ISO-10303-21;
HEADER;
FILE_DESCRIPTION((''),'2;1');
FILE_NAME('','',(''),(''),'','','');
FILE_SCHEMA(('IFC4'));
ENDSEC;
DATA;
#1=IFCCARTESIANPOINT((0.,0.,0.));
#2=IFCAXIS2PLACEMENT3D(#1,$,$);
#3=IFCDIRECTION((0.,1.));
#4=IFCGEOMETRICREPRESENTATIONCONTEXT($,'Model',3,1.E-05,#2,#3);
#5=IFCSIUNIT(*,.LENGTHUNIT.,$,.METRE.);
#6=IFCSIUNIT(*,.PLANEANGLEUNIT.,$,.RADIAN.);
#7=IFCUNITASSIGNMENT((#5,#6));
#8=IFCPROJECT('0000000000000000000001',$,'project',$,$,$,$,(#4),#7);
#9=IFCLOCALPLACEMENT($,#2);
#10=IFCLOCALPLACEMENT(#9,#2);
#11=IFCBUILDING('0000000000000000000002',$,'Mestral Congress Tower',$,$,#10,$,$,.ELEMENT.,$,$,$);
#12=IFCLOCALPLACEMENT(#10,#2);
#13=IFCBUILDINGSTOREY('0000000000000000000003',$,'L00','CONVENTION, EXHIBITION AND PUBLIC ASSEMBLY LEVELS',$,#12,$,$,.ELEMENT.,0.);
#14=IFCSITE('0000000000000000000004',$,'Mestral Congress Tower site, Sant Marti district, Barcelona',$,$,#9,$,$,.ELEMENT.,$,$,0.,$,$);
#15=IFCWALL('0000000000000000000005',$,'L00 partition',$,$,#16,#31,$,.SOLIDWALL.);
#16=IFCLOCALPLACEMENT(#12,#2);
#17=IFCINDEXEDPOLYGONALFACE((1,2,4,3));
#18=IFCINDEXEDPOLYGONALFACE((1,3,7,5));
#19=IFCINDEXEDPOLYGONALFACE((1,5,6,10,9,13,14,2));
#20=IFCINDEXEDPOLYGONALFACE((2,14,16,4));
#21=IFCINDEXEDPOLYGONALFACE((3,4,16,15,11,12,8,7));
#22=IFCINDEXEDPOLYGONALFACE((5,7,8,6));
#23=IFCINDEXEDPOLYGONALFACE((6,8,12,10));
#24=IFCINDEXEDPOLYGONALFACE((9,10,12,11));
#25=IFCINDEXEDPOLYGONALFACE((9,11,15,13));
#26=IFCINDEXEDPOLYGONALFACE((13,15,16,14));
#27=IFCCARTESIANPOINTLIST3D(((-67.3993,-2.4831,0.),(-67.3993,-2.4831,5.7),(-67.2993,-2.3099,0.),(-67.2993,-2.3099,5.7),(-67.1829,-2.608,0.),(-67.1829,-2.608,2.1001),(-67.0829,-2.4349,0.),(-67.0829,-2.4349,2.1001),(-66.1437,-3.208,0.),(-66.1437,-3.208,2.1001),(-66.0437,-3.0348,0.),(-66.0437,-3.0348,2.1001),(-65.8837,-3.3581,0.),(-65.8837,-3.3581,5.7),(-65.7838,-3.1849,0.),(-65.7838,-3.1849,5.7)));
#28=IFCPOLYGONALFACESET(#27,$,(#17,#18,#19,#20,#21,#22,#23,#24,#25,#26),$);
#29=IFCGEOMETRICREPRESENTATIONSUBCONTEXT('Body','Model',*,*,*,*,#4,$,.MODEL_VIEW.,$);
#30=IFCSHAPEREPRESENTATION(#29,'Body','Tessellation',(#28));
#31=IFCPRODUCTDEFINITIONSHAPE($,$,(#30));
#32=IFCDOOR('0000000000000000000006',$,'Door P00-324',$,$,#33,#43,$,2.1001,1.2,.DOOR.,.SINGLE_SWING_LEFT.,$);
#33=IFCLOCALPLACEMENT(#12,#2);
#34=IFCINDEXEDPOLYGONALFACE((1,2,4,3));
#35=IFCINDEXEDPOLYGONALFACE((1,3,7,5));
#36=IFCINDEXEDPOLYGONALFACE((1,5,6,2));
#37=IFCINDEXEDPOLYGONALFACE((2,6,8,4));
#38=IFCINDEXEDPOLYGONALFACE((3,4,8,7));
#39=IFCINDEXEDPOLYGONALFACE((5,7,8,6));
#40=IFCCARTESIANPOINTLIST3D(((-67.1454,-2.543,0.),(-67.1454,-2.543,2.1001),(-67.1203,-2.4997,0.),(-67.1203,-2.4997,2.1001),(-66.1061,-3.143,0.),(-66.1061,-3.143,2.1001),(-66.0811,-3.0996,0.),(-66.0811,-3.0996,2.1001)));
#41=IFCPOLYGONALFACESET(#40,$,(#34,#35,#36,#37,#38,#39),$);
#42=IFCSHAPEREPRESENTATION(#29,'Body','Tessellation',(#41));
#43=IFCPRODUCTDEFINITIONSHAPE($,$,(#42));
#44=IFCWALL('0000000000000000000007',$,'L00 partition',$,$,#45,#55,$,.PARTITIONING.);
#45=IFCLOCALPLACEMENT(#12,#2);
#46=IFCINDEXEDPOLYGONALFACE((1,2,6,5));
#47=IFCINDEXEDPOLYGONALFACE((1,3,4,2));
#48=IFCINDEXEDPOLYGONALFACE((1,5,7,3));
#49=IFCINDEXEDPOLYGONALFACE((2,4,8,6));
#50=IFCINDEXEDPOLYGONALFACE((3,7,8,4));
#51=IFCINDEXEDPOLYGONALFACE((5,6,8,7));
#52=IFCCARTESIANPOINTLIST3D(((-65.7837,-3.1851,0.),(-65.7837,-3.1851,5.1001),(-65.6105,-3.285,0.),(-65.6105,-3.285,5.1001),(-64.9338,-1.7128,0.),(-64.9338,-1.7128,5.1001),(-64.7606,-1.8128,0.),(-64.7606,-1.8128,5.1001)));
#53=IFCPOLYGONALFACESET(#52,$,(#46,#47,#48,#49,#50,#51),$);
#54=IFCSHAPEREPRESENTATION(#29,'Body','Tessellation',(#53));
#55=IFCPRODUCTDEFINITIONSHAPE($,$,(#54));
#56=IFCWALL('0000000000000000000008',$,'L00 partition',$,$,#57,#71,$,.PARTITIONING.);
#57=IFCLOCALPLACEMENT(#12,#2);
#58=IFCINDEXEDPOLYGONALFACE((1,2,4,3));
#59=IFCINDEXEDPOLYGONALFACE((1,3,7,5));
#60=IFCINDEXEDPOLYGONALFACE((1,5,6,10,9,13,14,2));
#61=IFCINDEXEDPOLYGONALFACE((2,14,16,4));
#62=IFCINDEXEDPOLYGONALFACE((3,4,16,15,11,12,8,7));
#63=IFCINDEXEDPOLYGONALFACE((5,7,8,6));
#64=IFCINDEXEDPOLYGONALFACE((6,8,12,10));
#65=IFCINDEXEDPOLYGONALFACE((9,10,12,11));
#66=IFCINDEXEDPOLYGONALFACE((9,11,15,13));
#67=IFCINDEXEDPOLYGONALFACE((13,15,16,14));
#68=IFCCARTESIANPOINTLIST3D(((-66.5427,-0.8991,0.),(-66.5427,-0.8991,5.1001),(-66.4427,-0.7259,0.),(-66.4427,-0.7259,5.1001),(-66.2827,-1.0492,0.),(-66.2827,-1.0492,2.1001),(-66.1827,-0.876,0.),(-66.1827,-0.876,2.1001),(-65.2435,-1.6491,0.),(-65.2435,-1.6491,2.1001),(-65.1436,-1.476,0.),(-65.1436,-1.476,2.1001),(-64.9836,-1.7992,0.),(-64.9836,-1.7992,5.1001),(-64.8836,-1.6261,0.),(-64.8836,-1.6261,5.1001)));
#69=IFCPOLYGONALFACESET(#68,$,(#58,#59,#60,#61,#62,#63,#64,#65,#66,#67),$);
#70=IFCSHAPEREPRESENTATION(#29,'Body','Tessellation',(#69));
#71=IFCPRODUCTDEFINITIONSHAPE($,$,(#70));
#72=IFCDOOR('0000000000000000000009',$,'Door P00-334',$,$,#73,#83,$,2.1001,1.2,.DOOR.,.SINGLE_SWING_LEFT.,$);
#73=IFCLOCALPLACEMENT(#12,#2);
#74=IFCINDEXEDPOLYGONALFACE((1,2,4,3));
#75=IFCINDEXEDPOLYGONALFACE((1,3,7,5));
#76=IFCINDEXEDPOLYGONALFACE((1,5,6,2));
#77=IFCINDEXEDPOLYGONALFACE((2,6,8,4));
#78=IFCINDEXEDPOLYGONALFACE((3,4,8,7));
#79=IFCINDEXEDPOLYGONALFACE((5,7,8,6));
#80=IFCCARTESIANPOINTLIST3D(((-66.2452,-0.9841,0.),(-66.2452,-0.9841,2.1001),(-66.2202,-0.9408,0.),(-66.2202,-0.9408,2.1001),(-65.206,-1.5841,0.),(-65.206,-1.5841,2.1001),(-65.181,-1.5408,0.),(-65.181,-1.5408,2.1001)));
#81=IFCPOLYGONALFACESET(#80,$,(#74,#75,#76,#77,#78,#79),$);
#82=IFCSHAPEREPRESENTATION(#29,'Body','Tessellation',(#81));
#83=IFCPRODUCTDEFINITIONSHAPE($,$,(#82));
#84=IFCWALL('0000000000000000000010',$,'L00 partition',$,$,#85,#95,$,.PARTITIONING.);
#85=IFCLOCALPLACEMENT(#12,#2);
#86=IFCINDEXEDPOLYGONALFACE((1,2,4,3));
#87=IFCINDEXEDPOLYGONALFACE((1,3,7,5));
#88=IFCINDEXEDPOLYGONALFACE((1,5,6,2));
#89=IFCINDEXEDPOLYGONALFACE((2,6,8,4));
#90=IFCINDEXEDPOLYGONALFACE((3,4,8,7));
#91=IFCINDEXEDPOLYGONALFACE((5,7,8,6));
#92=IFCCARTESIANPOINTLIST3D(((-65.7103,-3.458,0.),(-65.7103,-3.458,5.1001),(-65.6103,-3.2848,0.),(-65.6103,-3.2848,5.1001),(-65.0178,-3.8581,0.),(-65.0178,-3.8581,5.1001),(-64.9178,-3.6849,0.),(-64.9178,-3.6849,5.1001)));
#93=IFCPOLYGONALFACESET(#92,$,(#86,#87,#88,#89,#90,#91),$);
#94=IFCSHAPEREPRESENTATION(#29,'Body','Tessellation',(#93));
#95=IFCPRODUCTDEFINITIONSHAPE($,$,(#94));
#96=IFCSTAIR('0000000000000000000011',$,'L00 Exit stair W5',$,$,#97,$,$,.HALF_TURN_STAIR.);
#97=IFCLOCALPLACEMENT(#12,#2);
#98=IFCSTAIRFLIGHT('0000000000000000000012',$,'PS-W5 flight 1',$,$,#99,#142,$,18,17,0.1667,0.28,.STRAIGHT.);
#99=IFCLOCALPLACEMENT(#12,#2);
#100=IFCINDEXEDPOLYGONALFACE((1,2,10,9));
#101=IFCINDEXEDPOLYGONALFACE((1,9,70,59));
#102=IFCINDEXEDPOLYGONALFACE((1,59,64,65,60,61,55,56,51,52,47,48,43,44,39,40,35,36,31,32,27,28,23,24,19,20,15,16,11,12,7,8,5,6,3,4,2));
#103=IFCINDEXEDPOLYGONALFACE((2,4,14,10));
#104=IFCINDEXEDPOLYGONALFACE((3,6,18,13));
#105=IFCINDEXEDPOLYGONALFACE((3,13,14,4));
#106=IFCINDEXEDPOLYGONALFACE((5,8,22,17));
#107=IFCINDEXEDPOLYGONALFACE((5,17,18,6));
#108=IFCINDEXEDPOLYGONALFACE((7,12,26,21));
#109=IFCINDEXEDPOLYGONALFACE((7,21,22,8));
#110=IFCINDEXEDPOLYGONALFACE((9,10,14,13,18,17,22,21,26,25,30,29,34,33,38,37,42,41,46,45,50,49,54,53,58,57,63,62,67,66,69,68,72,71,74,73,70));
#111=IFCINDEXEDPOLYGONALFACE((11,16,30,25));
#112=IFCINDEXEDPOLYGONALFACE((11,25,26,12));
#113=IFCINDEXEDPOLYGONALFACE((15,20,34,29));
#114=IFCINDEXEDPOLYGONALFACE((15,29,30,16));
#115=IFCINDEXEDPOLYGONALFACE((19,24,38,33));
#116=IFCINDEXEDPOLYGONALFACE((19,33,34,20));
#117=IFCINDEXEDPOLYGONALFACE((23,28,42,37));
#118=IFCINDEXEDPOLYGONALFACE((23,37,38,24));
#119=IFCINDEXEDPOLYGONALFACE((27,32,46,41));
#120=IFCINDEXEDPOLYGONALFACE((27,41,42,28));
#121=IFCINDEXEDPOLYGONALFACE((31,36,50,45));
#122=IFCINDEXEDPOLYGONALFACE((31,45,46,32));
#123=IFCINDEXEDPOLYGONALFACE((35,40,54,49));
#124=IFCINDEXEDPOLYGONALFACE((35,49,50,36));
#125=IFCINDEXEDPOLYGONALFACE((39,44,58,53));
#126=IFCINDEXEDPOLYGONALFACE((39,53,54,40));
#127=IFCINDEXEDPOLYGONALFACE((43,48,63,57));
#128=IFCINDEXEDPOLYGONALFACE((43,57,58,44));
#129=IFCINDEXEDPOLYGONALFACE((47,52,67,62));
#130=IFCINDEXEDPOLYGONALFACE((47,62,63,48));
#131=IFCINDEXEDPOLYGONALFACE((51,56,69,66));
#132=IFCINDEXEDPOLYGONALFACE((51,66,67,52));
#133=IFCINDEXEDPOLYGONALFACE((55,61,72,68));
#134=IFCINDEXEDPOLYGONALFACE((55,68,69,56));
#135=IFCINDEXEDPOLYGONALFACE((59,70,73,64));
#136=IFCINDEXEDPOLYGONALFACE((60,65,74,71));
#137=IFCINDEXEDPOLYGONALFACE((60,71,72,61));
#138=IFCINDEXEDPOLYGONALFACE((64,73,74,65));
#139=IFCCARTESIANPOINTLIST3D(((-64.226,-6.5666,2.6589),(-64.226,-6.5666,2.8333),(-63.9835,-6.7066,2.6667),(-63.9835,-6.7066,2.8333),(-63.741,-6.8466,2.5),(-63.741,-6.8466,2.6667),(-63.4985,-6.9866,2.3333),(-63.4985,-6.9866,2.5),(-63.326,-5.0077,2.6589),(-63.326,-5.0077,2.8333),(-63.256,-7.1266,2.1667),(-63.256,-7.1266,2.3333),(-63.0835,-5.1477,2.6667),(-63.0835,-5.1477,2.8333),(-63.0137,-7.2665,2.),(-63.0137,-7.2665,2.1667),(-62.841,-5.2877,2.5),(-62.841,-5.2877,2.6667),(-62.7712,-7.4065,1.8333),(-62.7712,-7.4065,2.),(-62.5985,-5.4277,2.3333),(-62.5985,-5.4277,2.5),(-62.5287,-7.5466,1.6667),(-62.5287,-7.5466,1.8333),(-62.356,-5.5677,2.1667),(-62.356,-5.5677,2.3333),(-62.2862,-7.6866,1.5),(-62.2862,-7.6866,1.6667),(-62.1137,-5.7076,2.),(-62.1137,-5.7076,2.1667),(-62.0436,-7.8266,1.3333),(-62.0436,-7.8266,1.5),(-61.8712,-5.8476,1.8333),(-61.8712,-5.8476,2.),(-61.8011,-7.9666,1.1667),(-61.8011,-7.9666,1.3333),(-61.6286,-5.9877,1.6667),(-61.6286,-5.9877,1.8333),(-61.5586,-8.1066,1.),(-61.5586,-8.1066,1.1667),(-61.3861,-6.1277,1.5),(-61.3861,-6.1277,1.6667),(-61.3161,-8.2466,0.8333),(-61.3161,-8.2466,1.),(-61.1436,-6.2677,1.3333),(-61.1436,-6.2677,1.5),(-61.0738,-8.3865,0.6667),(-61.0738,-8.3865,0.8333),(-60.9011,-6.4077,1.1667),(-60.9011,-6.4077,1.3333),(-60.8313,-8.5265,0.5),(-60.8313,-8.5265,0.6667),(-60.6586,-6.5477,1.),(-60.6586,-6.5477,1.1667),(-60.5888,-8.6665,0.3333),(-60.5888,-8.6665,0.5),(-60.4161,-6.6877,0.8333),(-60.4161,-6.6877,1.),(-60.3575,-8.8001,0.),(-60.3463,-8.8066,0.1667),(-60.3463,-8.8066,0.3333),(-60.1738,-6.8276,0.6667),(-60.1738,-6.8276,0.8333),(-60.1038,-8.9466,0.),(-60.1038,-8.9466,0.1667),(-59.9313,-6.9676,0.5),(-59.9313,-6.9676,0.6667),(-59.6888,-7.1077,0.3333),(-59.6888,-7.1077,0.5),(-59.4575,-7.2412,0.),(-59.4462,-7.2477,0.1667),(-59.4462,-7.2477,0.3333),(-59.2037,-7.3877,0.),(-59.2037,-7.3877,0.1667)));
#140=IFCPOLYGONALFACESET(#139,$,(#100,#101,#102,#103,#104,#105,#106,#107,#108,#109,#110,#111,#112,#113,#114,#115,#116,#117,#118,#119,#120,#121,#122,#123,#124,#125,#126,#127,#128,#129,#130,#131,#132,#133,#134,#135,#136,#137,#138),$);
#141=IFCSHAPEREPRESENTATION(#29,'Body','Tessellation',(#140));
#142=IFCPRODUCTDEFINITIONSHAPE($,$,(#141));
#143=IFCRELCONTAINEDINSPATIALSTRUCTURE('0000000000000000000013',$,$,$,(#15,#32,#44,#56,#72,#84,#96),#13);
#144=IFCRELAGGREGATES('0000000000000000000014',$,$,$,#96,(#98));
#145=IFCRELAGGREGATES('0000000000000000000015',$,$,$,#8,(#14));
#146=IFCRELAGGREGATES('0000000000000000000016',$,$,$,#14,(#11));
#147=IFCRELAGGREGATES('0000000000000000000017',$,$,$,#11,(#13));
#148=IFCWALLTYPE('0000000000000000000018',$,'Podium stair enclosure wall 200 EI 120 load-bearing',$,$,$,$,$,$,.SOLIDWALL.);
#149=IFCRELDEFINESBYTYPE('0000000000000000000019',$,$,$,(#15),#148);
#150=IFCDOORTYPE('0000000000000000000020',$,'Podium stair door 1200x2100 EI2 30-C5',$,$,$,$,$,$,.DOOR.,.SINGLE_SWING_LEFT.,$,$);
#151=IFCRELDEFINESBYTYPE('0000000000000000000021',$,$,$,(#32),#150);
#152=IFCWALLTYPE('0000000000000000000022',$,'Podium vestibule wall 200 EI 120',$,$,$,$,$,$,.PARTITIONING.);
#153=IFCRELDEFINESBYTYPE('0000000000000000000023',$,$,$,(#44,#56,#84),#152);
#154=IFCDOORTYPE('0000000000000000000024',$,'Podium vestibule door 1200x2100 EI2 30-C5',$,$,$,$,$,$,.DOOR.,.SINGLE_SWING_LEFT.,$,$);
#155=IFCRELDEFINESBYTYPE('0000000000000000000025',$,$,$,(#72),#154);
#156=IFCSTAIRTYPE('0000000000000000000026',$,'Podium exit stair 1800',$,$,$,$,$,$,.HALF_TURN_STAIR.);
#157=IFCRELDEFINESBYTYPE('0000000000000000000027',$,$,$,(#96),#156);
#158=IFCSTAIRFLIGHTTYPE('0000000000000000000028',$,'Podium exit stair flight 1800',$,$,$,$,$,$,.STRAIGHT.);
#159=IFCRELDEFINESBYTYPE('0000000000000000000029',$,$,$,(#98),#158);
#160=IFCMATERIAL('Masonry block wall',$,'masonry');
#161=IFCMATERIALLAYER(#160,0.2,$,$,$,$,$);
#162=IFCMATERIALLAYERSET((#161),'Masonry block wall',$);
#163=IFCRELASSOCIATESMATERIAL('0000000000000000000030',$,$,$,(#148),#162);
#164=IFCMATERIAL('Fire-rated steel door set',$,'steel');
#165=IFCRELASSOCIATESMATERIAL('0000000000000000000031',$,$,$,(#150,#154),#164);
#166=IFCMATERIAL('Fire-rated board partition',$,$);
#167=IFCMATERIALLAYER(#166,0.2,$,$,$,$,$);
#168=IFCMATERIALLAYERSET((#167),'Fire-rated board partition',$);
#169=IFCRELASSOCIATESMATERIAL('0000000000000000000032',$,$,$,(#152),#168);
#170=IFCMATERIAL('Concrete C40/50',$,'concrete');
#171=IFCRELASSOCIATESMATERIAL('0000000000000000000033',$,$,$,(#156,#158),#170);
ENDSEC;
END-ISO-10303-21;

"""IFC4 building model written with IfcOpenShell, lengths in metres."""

from ifc_helpers import new_model, si_unit, direction, frame, frame_2d, origin, place, context, subcontext, project, spatial, polyline, rectangle, outline, extrude, material, layer, layer_set, type_object, element, fill, aggregate, save


model = new_model("IFC4")

# Units and contexts
model_context = context("Model", 3, precision=1e-05, world=origin(), true_north=direction((0.0, 1.0)))
body_context = subcontext(model_context, "Body", "Model", "MODEL_VIEW")
ifc_project = project(units=[si_unit("LENGTHUNIT", "METRE"), si_unit("PLANEANGLEUNIT", "RADIAN")], contexts=[model_context])

# Site, building, storey
site_placement = place(None, origin())
site = spatial("IfcSite", under=ifc_project, at=site_placement, Name="Mestral Congress Tower site, Sant Marti district, Barcelona", CompositionType="ELEMENT", RefElevation=0.0)
building_placement = place(site_placement, origin())
building = spatial("IfcBuilding", under=site, at=building_placement, Name="Mestral Congress Tower", CompositionType="ELEMENT")
storey_placement = place(building_placement, origin())
storey = spatial("IfcBuildingStorey", under=building, at=storey_placement, Name="L00", Description="CONVENTION, EXHIBITION AND PUBLIC ASSEMBLY LEVELS", CompositionType="ELEMENT", Elevation=0.0)

# Shared definitions
ifc_material_1 = material(Name="Masonry block wall", Category="masonry")
ifc_layer_1 = layer(ifc_material_1, 0.2)
ifc_layer_set_1 = layer_set([ifc_layer_1], Name="Masonry block wall")
wall_type_1 = type_object("IfcWallType", Name="Podium stair enclosure wall 200 EI 120 load-bearing", PredefinedType="SOLIDWALL", material=ifc_layer_set_1)

# Wall, opening, door
wall_1_placement = place(storey_placement, frame((-65.8337, -3.2715, 0.0), z_axis=(0.0, 0.0, 1.0), x_axis=(-0.866037, 0.49998, 0.0)))
wall_1 = element("IfcWall", 1, at=wall_1_placement, inside=storey, type_object=wall_type_1, Name="L00 partition", PredefinedType="SOLIDWALL", context=body_context, shape_type="SweptSolid", body=[
    extrude(rectangle(XDim=1.75, YDim=0.2, at=frame_2d((0.875, 0.0))), origin(), (0.0, 0.0, 1.0), 5.7),
])
opening_1_placement = place(wall_1_placement, frame((0.3, 0.0, 0.0)))
opening_1 = element("IfcOpeningElement", 2, at=opening_1_placement, cuts=wall_1, PredefinedType="OPENING", context=body_context, shape_type="SweptSolid", body=[
    extrude(rectangle(XDim=1.2, YDim=2.1001, at=frame_2d((0.6001, 1.05))), frame((0.0, 0.1099, 0.0), z_axis=(0.0, -1.0, 0.0), x_axis=(1.0, 0.0, 0.0)), (0.0, 0.0, 1.0), 0.22),
])
ifc_material_2 = material(Name="Fire-rated steel door set", Category="steel")
door_type_1 = type_object("IfcDoorType", Name="Podium stair door 1200x2100 EI2 30-C5", OperationType="SINGLE_SWING_LEFT", PredefinedType="DOOR", material=ifc_material_2)
door_1_placement = place(opening_1_placement, origin())
door_1 = element("IfcDoor", 3, at=door_1_placement, inside=storey, type_object=door_type_1, Name="Door P00-324", OperationType="SINGLE_SWING_LEFT", OverallHeight=2.1001, OverallWidth=1.2, PredefinedType="DOOR", context=body_context, shape_type="SweptSolid", body=[
    extrude(rectangle(XDim=1.2, YDim=2.1001, at=frame_2d((0.6001, 1.05))), frame((0.0, 0.0249, 0.0), z_axis=(0.0, -1.0, 0.0), x_axis=(1.0, 0.0, 0.0)), (0.0, 0.0, 1.0), 0.05),
])
fill(opening_1, door_1)

# Wall
ifc_material_3 = material(Name="Fire-rated board partition")
ifc_layer_2 = layer(ifc_material_3, 0.2)
ifc_layer_set_2 = layer_set([ifc_layer_2], Name="Fire-rated board partition")
wall_type_2 = type_object("IfcWallType", Name="Podium vestibule wall 200 EI 120", PredefinedType="PARTITIONING", material=ifc_layer_set_2)
wall_2_placement = place(storey_placement, frame((-64.8472, -1.7627, 0.0), z_axis=(0.0, 0.0, 1.0), x_axis=(-0.499955, -0.866052, 0.0)))
element("IfcWall", 4, at=wall_2_placement, inside=storey, type_object=wall_type_2, Name="L00 partition", PredefinedType="PARTITIONING", context=body_context, shape_type="SweptSolid", body=[
    extrude(rectangle(XDim=1.7, YDim=0.2, at=frame_2d((0.8501, 0.0))), origin(), (0.0, 0.0, 1.0), 5.1001),
])

# Wall, opening, door
wall_3_placement = place(storey_placement, frame((-64.9336, -1.7126, 0.0), z_axis=(0.0, 0.0, 1.0), x_axis=(-0.866023, 0.500004, 0.0)))
wall_3 = element("IfcWall", 5, at=wall_3_placement, inside=storey, type_object=wall_type_2, Name="L00 partition", PredefinedType="PARTITIONING", context=body_context, shape_type="SweptSolid", body=[
    extrude(rectangle(XDim=1.8003, YDim=0.2, at=frame_2d((0.9001, 0.0))), origin(), (0.0, 0.0, 1.0), 5.1001),
])
opening_2_placement = place(wall_3_placement, frame((0.3, 0.0, 0.0)))
opening_2 = element("IfcOpeningElement", 6, at=opening_2_placement, cuts=wall_3, PredefinedType="OPENING", context=body_context, shape_type="SweptSolid", body=[
    extrude(rectangle(XDim=1.2, YDim=2.1001, at=frame_2d((0.6001, 1.05))), frame((0.0, 0.1099, 0.0), z_axis=(0.0, -1.0, 0.0), x_axis=(1.0, 0.0, 0.0)), (0.0, 0.0, 1.0), 0.22),
])
door_type_2 = type_object("IfcDoorType", Name="Podium vestibule door 1200x2100 EI2 30-C5", OperationType="SINGLE_SWING_LEFT", PredefinedType="DOOR", material=ifc_material_2)
door_2_placement = place(opening_2_placement, origin())
door_2 = element("IfcDoor", 7, at=door_2_placement, inside=storey, type_object=door_type_2, Name="Door P00-334", OperationType="SINGLE_SWING_LEFT", OverallHeight=2.1001, OverallWidth=1.2, PredefinedType="DOOR", context=body_context, shape_type="SweptSolid", body=[
    extrude(rectangle(XDim=1.2, YDim=2.1001, at=frame_2d((0.6001, 1.05))), frame((0.0, 0.0249, 0.0), z_axis=(0.0, -1.0, 0.0), x_axis=(1.0, 0.0, 0.0)), (0.0, 0.0, 1.0), 0.05),
])
fill(opening_2, door_2)

# Wall
wall_4_placement = place(storey_placement, frame((-64.9678, -3.7715, 0.0), z_axis=(0.0, 0.0, 1.0), x_axis=(-0.865886, 0.500242, 0.0)))
element("IfcWall", 8, at=wall_4_placement, inside=storey, type_object=wall_type_2, Name="L00 partition", PredefinedType="PARTITIONING", context=body_context, shape_type="SweptSolid", body=[
    extrude(rectangle(XDim=0.7998, YDim=0.2, at=frame_2d((0.3999, 0.0))), origin(), (0.0, 0.0, 1.0), 5.1001),
])

# Stair, stair flight
ifc_material_4 = material(Name="Concrete C40/50", Category="concrete")
stair_type = type_object("IfcStairType", Name="Podium exit stair 1800", PredefinedType="HALF_TURN_STAIR", material=ifc_material_4)
stair_placement = place(storey_placement, origin())
stair = element("IfcStair", 9, at=stair_placement, inside=storey, type_object=stair_type, Name="L00 Exit stair W5", PredefinedType="HALF_TURN_STAIR")
stair_flight_type = type_object("IfcStairFlightType", Name="Podium exit stair flight 1800", PredefinedType="STRAIGHT", material=ifc_material_4)
stair_flight_1_placement = place(storey_placement, frame((-59.6538, -8.1672, 0.0), z_axis=(0.0, 0.0, 1.0), x_axis=(-0.866025, 0.5, 0.0)))
stair_flight_1 = element("IfcStairFlight", 10, at=stair_flight_1_placement, type_object=stair_flight_type, Name="PS-W5 flight 1", NumberOfRisers=18, NumberOfTreads=17, PredefinedType="STRAIGHT", RiserHeight=0.1667, TreadLength=0.28, context=body_context, shape_type="SweptSolid", body=[
    extrude(outline(polyline([(0.0, 0.0), (0.0, 0.1667), (0.28, 0.1667), (0.28, 0.3333), (0.5601, 0.3333), (0.5601, 0.5), (0.8401, 0.5), (0.8401, 0.6667), (1.1201, 0.6667), (1.1201, 0.8333), (1.3999, 0.8333), (1.3999, 1.0), (1.6799, 1.0), (1.6799, 1.1667), (1.96, 1.1667), (1.96, 1.3333), (2.24, 1.3333), (2.24, 1.5), (2.52, 1.5), (2.52, 1.6667), (2.8, 1.6667), (2.8, 1.8333), (3.0801, 1.8333), (3.0801, 2.0), (3.3601, 2.0), (3.3601, 2.1667), (3.6399, 2.1667), (3.6399, 2.3333), (3.9199, 2.3333), (3.9199, 2.5), (4.2, 2.5), (4.2, 2.6667), (4.48, 2.6667), (4.48, 2.8333), (4.76, 2.8333), (4.76, 3.0), (4.76, 2.6589), (0.293, 0.0), (0.0, 0.0)])), frame((0.0, 0.8999, 0.0), z_axis=(0.0, -1.0, 0.0), x_axis=(1.0, 0.0, 0.0)), (0.0, 0.0, 1.0), 1.8),
])
aggregate(stair, [stair_flight_1])

save(model, "model.ifc")
